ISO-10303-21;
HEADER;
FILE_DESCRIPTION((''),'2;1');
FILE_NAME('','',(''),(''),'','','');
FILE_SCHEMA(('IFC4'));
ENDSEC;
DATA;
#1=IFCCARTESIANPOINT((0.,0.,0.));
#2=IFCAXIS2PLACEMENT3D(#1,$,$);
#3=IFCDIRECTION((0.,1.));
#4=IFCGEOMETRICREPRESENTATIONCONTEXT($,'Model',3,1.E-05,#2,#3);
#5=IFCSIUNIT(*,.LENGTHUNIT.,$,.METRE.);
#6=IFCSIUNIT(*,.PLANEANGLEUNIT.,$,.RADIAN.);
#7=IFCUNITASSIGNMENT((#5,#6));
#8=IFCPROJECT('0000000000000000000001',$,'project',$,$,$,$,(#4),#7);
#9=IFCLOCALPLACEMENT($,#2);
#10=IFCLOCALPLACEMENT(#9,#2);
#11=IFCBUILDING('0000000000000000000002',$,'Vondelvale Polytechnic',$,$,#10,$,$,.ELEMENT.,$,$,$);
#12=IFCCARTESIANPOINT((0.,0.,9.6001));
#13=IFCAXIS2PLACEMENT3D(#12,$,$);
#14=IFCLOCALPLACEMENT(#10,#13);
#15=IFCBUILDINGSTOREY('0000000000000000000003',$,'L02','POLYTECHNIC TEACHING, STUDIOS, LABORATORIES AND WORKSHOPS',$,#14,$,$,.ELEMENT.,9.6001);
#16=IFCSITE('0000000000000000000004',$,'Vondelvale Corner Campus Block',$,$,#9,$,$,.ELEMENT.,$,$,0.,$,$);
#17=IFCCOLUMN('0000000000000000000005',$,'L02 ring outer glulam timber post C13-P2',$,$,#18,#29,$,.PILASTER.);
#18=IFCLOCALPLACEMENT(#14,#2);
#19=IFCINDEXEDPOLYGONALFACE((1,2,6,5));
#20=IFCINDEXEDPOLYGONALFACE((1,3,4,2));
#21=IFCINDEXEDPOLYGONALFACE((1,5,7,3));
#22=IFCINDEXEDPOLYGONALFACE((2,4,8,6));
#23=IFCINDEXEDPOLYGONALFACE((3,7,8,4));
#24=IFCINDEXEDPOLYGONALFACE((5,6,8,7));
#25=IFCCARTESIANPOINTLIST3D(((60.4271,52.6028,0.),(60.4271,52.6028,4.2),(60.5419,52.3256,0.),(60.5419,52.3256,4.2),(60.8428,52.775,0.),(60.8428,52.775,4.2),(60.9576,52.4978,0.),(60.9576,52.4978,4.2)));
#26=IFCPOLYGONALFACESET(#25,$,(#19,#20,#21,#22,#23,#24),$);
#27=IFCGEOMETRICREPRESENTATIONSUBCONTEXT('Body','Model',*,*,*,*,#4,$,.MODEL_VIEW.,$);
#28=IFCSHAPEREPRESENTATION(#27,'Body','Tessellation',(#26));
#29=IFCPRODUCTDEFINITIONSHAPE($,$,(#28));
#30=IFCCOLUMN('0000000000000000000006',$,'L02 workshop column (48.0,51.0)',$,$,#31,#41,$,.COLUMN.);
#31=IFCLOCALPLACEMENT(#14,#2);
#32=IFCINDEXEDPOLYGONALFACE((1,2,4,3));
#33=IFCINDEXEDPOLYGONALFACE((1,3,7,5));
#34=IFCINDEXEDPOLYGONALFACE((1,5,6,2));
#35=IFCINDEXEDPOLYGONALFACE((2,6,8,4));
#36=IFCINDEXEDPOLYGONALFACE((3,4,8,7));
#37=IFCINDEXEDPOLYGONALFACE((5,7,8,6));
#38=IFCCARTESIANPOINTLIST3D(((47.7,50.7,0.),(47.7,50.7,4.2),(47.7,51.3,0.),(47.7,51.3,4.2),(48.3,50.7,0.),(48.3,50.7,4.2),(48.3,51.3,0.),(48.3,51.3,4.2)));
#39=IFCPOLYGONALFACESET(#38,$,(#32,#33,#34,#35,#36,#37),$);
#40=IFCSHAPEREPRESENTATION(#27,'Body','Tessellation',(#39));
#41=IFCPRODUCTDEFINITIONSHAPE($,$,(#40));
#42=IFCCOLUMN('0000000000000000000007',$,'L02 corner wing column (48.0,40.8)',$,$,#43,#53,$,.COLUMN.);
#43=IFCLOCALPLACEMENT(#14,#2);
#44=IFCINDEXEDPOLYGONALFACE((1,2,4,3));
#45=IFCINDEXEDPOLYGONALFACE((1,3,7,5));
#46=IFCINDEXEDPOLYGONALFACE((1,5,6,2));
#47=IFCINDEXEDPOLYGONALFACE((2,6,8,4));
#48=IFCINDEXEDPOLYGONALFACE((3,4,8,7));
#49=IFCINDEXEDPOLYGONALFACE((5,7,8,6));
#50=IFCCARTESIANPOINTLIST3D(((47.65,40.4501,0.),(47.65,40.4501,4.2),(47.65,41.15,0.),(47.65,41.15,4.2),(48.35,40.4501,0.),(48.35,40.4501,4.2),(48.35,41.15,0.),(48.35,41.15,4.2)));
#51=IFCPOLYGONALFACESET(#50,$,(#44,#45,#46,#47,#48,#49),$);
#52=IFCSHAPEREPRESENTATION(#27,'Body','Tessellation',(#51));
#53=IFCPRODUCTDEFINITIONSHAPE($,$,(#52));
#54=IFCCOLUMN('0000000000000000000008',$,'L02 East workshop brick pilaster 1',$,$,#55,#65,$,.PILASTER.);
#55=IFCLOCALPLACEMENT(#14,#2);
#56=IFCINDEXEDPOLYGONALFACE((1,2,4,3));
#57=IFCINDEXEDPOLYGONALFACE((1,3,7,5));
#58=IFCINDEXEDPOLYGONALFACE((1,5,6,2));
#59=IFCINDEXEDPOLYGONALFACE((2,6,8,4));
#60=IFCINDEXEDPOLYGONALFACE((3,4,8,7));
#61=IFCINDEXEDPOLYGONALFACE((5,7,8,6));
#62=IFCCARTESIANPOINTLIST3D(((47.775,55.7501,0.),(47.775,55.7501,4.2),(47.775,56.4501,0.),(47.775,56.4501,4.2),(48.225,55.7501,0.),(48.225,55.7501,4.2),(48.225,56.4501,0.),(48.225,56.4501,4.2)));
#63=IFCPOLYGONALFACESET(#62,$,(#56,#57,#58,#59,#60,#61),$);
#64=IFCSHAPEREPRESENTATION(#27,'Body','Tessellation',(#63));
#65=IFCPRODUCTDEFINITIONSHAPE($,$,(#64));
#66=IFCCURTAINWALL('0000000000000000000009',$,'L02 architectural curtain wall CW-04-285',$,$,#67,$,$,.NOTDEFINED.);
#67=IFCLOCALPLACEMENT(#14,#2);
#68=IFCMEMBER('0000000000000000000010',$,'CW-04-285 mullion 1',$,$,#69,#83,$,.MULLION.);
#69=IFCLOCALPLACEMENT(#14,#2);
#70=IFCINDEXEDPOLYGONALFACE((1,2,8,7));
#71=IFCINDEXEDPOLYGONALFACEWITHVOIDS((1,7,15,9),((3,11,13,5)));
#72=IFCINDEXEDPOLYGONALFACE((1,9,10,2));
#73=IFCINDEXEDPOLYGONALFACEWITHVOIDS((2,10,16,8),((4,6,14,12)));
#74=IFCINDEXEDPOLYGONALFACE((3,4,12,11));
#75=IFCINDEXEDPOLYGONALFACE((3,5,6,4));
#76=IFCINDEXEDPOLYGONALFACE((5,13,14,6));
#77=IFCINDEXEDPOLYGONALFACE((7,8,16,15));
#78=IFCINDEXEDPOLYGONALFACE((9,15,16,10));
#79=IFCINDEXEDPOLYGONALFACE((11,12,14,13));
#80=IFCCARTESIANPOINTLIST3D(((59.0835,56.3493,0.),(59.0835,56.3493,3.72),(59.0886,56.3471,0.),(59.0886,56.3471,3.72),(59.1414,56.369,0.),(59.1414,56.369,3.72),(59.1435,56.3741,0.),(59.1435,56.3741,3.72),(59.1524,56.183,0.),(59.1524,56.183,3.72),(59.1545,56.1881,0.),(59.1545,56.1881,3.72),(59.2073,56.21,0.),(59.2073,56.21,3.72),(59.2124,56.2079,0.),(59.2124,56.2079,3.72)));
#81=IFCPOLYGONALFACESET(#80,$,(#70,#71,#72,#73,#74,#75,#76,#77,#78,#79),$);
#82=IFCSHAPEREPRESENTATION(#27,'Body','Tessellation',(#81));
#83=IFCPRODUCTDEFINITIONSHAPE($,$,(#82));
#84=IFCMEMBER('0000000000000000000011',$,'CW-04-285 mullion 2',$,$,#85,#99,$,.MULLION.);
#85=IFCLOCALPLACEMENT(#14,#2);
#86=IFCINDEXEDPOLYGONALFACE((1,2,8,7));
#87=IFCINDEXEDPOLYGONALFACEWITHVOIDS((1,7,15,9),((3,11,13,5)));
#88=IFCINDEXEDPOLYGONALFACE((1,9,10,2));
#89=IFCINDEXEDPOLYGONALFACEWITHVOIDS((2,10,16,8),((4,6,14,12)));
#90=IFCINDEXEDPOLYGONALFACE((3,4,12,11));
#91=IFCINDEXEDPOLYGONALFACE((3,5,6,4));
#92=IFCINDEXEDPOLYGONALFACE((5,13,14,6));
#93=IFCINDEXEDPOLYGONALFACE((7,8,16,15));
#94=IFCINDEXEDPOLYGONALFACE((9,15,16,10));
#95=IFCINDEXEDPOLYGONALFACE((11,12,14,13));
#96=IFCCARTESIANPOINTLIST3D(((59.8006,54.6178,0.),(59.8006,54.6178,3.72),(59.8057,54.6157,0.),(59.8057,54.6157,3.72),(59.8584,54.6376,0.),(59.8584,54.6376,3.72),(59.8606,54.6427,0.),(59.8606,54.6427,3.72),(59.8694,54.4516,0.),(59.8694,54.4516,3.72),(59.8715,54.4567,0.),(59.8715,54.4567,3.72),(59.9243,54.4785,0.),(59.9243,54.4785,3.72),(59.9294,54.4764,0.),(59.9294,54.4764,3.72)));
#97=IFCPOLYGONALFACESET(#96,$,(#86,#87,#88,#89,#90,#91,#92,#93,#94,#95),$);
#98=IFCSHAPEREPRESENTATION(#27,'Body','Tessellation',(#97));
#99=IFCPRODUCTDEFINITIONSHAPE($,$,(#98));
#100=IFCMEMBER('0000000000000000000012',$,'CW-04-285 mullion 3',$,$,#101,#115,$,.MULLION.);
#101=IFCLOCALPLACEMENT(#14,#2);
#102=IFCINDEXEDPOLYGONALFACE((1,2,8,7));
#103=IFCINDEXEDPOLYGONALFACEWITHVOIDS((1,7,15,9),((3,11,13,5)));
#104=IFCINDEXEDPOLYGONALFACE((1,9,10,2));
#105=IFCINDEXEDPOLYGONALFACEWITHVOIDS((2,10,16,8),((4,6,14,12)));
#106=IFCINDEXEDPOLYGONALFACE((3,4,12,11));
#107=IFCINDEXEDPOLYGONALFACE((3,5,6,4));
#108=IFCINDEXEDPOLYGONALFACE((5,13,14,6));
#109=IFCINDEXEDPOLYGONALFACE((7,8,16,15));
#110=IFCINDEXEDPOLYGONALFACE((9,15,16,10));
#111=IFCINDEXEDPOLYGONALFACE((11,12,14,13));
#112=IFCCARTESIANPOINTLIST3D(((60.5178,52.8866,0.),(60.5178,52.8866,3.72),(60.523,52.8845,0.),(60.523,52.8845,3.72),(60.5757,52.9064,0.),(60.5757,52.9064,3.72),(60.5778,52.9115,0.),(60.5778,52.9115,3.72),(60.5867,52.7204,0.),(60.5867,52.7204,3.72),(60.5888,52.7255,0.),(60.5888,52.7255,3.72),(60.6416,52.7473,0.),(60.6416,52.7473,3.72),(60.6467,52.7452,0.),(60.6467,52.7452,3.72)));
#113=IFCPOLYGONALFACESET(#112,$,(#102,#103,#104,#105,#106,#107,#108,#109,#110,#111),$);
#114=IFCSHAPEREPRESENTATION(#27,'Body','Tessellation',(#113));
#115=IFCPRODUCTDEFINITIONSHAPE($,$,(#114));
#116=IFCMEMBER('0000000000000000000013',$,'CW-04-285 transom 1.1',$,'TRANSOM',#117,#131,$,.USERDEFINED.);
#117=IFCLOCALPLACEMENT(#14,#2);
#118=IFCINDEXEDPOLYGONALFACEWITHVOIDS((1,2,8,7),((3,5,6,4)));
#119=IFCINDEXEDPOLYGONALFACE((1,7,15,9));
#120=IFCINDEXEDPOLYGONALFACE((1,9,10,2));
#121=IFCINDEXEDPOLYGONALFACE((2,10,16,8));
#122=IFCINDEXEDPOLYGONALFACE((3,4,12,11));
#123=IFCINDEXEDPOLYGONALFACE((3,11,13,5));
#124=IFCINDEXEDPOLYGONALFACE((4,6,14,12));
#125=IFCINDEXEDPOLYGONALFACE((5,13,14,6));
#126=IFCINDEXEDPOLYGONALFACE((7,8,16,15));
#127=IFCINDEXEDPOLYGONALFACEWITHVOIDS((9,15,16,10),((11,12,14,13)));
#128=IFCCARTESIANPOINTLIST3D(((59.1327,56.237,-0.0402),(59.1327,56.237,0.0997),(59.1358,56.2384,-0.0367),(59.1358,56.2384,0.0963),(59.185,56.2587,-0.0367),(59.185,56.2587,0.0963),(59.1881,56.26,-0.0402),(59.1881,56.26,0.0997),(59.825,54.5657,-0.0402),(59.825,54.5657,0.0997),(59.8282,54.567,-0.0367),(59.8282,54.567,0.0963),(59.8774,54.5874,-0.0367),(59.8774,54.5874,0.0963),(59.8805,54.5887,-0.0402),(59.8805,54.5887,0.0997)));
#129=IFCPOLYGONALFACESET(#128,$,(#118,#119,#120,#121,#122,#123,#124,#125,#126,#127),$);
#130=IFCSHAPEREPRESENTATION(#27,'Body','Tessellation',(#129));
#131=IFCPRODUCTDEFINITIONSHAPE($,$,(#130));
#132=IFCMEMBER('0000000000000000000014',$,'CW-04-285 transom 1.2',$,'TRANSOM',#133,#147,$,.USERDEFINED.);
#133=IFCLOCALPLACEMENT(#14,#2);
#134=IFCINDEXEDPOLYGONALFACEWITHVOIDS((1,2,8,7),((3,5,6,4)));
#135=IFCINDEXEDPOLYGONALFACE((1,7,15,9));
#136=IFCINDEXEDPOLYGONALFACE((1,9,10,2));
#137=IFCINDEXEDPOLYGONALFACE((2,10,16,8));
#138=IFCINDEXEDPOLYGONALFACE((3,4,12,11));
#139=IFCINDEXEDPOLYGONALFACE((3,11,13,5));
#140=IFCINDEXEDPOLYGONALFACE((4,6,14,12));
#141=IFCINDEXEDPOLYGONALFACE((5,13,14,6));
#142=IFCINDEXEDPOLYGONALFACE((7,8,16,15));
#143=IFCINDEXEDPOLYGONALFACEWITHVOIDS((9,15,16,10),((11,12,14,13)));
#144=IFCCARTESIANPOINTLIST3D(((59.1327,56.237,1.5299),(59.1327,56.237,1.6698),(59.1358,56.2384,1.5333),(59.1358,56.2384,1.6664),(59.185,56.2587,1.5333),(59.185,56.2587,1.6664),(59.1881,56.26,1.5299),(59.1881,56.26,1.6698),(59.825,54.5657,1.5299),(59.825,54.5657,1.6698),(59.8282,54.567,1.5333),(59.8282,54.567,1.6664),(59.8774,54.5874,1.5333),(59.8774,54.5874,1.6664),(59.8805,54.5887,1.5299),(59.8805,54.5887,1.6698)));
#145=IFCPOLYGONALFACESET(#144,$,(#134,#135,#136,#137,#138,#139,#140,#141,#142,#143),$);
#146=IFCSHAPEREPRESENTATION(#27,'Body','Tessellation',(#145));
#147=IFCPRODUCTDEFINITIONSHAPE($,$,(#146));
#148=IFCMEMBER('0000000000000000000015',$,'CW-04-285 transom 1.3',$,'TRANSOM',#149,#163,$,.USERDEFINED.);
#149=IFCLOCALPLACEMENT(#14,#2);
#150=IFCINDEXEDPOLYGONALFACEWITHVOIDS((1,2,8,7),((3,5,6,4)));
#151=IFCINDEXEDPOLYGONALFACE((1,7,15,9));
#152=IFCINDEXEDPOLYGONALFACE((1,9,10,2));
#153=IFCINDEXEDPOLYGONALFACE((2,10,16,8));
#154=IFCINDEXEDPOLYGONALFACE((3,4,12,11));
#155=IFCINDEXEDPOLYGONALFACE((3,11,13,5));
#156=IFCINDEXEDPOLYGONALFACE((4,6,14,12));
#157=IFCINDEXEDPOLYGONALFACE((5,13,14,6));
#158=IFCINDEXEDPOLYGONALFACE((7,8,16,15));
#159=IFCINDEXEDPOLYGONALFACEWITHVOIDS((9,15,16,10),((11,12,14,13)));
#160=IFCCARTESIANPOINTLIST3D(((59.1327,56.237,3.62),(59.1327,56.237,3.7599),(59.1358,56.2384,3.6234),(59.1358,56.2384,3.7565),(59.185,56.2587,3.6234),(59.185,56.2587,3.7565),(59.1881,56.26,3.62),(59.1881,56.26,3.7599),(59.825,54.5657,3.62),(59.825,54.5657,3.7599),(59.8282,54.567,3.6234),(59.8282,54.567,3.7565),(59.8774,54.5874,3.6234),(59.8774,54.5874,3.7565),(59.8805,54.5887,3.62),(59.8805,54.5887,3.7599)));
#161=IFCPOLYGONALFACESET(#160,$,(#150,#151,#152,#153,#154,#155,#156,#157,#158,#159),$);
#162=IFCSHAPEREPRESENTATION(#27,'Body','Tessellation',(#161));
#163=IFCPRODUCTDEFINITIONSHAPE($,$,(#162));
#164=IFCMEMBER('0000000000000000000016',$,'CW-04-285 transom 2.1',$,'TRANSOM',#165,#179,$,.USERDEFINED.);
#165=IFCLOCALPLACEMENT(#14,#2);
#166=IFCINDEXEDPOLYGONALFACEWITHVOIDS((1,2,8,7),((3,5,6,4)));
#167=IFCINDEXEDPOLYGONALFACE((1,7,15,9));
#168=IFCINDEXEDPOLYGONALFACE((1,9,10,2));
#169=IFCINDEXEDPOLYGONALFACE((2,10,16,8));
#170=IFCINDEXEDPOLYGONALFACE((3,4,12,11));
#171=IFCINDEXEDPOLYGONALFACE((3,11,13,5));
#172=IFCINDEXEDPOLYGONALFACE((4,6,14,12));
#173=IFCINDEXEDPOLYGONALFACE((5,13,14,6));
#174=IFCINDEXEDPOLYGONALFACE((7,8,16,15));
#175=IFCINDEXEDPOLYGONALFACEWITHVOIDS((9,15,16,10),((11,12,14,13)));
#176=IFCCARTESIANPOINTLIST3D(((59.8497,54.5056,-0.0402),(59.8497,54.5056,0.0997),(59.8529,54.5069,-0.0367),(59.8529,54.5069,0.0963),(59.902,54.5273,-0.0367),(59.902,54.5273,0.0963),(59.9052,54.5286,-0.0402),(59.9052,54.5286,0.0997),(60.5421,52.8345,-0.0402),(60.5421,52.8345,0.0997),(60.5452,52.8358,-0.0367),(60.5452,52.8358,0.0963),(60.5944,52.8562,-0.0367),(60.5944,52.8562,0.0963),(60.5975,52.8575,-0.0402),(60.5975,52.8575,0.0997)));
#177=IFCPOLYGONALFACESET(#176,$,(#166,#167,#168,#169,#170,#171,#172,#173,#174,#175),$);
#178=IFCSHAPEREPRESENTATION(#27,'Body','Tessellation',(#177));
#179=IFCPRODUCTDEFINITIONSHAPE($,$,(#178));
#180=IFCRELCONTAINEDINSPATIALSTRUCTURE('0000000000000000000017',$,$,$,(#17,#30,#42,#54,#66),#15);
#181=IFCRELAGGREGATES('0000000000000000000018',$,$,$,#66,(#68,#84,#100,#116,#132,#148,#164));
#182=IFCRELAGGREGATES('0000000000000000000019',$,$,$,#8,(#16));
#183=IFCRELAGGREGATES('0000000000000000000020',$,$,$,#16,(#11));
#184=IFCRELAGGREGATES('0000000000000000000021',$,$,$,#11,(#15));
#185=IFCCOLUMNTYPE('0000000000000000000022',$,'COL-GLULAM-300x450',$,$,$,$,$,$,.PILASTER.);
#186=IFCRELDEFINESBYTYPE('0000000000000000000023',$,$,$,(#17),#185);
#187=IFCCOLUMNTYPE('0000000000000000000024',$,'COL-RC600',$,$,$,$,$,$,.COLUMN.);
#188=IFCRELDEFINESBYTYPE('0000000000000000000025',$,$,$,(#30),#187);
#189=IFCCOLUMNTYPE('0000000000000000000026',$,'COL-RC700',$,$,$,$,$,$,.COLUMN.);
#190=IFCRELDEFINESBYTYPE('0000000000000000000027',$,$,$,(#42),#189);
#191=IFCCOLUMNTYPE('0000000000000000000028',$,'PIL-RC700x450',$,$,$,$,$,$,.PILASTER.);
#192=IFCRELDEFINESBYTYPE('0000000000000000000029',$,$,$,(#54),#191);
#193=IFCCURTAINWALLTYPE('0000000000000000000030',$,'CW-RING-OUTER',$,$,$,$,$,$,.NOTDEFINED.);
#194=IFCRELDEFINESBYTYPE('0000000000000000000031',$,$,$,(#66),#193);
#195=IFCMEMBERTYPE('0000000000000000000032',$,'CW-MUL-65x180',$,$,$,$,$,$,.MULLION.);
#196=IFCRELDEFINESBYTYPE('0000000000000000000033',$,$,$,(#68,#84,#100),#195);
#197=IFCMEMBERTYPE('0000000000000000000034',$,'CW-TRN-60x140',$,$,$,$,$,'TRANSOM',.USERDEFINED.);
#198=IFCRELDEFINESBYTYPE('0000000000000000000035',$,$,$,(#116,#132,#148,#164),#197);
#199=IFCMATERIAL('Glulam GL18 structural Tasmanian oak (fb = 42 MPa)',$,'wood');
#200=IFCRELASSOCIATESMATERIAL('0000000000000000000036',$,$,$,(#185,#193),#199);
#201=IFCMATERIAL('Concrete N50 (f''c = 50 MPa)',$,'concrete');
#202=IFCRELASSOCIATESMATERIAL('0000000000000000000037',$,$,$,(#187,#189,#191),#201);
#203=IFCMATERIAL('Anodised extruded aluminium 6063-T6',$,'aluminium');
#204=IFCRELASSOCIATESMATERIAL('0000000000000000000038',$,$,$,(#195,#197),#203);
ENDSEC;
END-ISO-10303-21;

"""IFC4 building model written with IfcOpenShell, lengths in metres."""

from ifc_helpers import new_model, si_unit, direction, frame, origin, origin_2d, place, context, subcontext, project, spatial, rectangle, hollow_rectangle, extrude, material, material_profile, profile_set, type_object, element, aggregate, save


model = new_model("IFC4")

# Units and contexts
model_context = context("Model", 3, precision=1e-05, world=origin(), true_north=direction((0.0, 1.0)))
body_context = subcontext(model_context, "Body", "Model", "MODEL_VIEW")
ifc_project = project(units=[si_unit("LENGTHUNIT", "METRE"), si_unit("PLANEANGLEUNIT", "RADIAN")], contexts=[model_context])

# Site, building, storey
site_placement = place(None, origin())
site = spatial("IfcSite", under=ifc_project, at=site_placement, Name="Vondelvale Corner Campus Block", CompositionType="ELEMENT", RefElevation=0.0)
building_placement = place(site_placement, origin())
building = spatial("IfcBuilding", under=site, at=building_placement, Name="Vondelvale Polytechnic", CompositionType="ELEMENT")
storey_placement = place(building_placement, frame((0.0, 0.0, 9.6001)))
storey = spatial("IfcBuildingStorey", under=building, at=storey_placement, Name="L02", Description="POLYTECHNIC TEACHING, STUDIOS, LABORATORIES AND WORKSHOPS", CompositionType="ELEMENT", Elevation=9.6001)

# Columns
ifc_material_1 = material(Name="Glulam GL18 structural Tasmanian oak (fb = 42 MPa)", Category="wood")
ifc_material_profile_1 = material_profile(ifc_material_1, rectangle(XDim=0.3, YDim=0.45, at=origin_2d()), Name="GL-POST-300x450")
ifc_profile_set_1 = profile_set([ifc_material_profile_1], Name="Glulam GL18 structural Tasmanian oak (fb = 42 MPa)")
column_type_1 = type_object("IfcColumnType", Name="COL-GLULAM-300x450", PredefinedType="PILASTER", material=ifc_profile_set_1)
column_1_placement = place(storey_placement, frame((60.6924, 52.5503, 0.0), z_axis=(0.0, 0.0, 1.0), x_axis=(-0.382683, 0.92388, 0.0)))
element("IfcColumn", 1, at=column_1_placement, inside=storey, type_object=column_type_1, Name="L02 ring outer glulam timber post C13-P2", PredefinedType="PILASTER", context=body_context, shape_type="SweptSolid", body=[
    extrude(rectangle(XDim=0.3, YDim=0.45, at=origin_2d()), origin(), (0.0, 0.0, 1.0), 4.2),
])
ifc_material_2 = material(Name="Concrete N50 (f'c = 50 MPa)", Category="concrete")
ifc_material_profile_2 = material_profile(ifc_material_2, rectangle(XDim=0.6001, YDim=0.6001, at=origin_2d()), Name="RC-COL-600x600")
ifc_profile_set_2 = profile_set([ifc_material_profile_2], Name="Concrete N50 (f'c = 50 MPa)")
column_type_2 = type_object("IfcColumnType", Name="COL-RC600", PredefinedType="COLUMN", material=ifc_profile_set_2)
column_2_placement = place(storey_placement, frame((48.0, 51.0, 0.0), z_axis=(0.0, 0.0, 1.0), x_axis=(1.0, 0.0, 0.0)))
element("IfcColumn", 2, at=column_2_placement, inside=storey, type_object=column_type_2, Name="L02 workshop column (48.0,51.0)", PredefinedType="COLUMN", context=body_context, shape_type="SweptSolid", body=[
    extrude(rectangle(XDim=0.6001, YDim=0.6001, at=origin_2d()), origin(), (0.0, 0.0, 1.0), 4.2),
])
ifc_material_profile_3 = material_profile(ifc_material_2, rectangle(XDim=0.7, YDim=0.7, at=origin_2d()), Name="RC-COL-700x700")
ifc_profile_set_3 = profile_set([ifc_material_profile_3], Name="Concrete N50 (f'c = 50 MPa)")
column_type_3 = type_object("IfcColumnType", Name="COL-RC700", PredefinedType="COLUMN", material=ifc_profile_set_3)
column_3_placement = place(storey_placement, frame((48.0, 40.8, 0.0), z_axis=(0.0, 0.0, 1.0), x_axis=(1.0, 0.0, 0.0)))
element("IfcColumn", 3, at=column_3_placement, inside=storey, type_object=column_type_3, Name="L02 corner wing column (48.0,40.8)", PredefinedType="COLUMN", context=body_context, shape_type="SweptSolid", body=[
    extrude(rectangle(XDim=0.7, YDim=0.7, at=origin_2d()), origin(), (0.0, 0.0, 1.0), 4.2),
])
ifc_material_profile_4 = material_profile(ifc_material_2, rectangle(XDim=0.45, YDim=0.7, at=origin_2d()), Name="RC-PIL-700x450")
ifc_profile_set_4 = profile_set([ifc_material_profile_4], Name="Concrete N50 (f'c = 50 MPa)")
column_type_4 = type_object("IfcColumnType", Name="PIL-RC700x450", PredefinedType="PILASTER", material=ifc_profile_set_4)
column_4_placement = place(storey_placement, frame((48.0, 56.1001, 0.0), z_axis=(0.0, 0.0, 1.0), x_axis=(1.0, 0.0, 0.0)))
element("IfcColumn", 4, at=column_4_placement, inside=storey, type_object=column_type_4, Name="L02 East workshop brick pilaster 1", PredefinedType="PILASTER", context=body_context, shape_type="SweptSolid", body=[
    extrude(rectangle(XDim=0.45, YDim=0.7, at=origin_2d()), origin(), (0.0, 0.0, 1.0), 4.2),
])

# Curtain wall, members
curtain_wall_type = type_object("IfcCurtainWallType", Name="CW-RING-OUTER", PredefinedType="NOTDEFINED", material=ifc_material_1)
curtain_wall_placement = place(storey_placement, origin())
curtain_wall = element("IfcCurtainWall", 5, at=curtain_wall_placement, inside=storey, type_object=curtain_wall_type, Name="L02 architectural curtain wall CW-04-285", PredefinedType="NOTDEFINED")
ifc_material_3 = material(Name="Anodised extruded aluminium 6063-T6", Category="aluminium")
ifc_material_profile_5 = material_profile(ifc_material_3, hollow_rectangle(XDim=0.0649, YDim=0.1799, WallThickness=0.0039, at=origin_2d()), Name="CW-MUL-180x65")
ifc_profile_set_5 = profile_set([ifc_material_profile_5], Name="Anodised extruded aluminium 6063-T6")
member_type_1 = type_object("IfcMemberType", Name="CW-MUL-65x180", PredefinedType="MULLION", material=ifc_profile_set_5)
member_1_placement = place(storey_placement, frame((59.1479, 56.2786, 0.0), z_axis=(0.0, 0.0, 1.0), x_axis=(0.923875, 0.382695, 0.0)))
member_1 = element("IfcMember", 6, at=member_1_placement, type_object=member_type_1, Name="CW-04-285 mullion 1", PredefinedType="MULLION", context=body_context, shape_type="SweptSolid", body=[
    extrude(hollow_rectangle(XDim=0.0649, YDim=0.1799, WallThickness=0.0039, at=origin_2d()), origin(), (0.0, 0.0, 1.0), 3.72),
])
member_2_placement = place(storey_placement, frame((59.865, 54.5471, 0.0), z_axis=(0.0, 0.0, 1.0), x_axis=(0.923875, 0.382695, 0.0)))
member_2 = element("IfcMember", 7, at=member_2_placement, type_object=member_type_1, Name="CW-04-285 mullion 2", PredefinedType="MULLION", context=body_context, shape_type="SweptSolid", body=[
    extrude(hollow_rectangle(XDim=0.0649, YDim=0.1799, WallThickness=0.0039, at=origin_2d()), origin(), (0.0, 0.0, 1.0), 3.72),
])
member_3_placement = place(storey_placement, frame((60.5823, 52.8159, 0.0), z_axis=(0.0, 0.0, 1.0), x_axis=(0.923875, 0.382695, 0.0)))
member_3 = element("IfcMember", 8, at=member_3_placement, type_object=member_type_1, Name="CW-04-285 mullion 3", PredefinedType="MULLION", context=body_context, shape_type="SweptSolid", body=[
    extrude(hollow_rectangle(XDim=0.0649, YDim=0.1799, WallThickness=0.0039, at=origin_2d()), origin(), (0.0, 0.0, 1.0), 3.72),
])
ifc_material_profile_6 = material_profile(ifc_material_3, hollow_rectangle(XDim=0.0601, YDim=0.1399, WallThickness=0.0034, at=origin_2d()), Name="CW-TRN-140x60")
ifc_profile_set_6 = profile_set([ifc_material_profile_6], Name="Anodised extruded aluminium 6063-T6")
member_type_2 = type_object("IfcMemberType", Name="CW-TRN-60x140", ElementType="TRANSOM", PredefinedType="USERDEFINED", material=ifc_profile_set_6)
member_4_placement = place(storey_placement, frame((59.1604, 56.2485, 0.0298), z_axis=(0.382717, -0.923866, 0.0), x_axis=(0.923866, 0.382717, 0.0)))
member_4 = element("IfcMember", 9, at=member_4_placement, type_object=member_type_2, Name="CW-04-285 transom 1.1", ObjectType="TRANSOM", PredefinedType="USERDEFINED", context=body_context, shape_type="SweptSolid", body=[
    extrude(hollow_rectangle(XDim=0.0601, YDim=0.1399, WallThickness=0.0034, at=origin_2d()), origin(), (0.0, 0.0, 1.0), 1.8091),
])
member_5_placement = place(storey_placement, frame((59.1604, 56.2485, 1.5999), z_axis=(0.382717, -0.923866, 0.0), x_axis=(0.923866, 0.382717, 0.0)))
member_5 = element("IfcMember", 10, at=member_5_placement, type_object=member_type_2, Name="CW-04-285 transom 1.2", ObjectType="TRANSOM", PredefinedType="USERDEFINED", context=body_context, shape_type="SweptSolid", body=[
    extrude(hollow_rectangle(XDim=0.0601, YDim=0.1399, WallThickness=0.0034, at=origin_2d()), origin(), (0.0, 0.0, 1.0), 1.8091),
])
member_6_placement = place(storey_placement, frame((59.1604, 56.2485, 3.6899), z_axis=(0.382717, -0.923866, 0.0), x_axis=(0.923866, 0.382717, 0.0)))
member_6 = element("IfcMember", 11, at=member_6_placement, type_object=member_type_2, Name="CW-04-285 transom 1.3", ObjectType="TRANSOM", PredefinedType="USERDEFINED", context=body_context, shape_type="SweptSolid", body=[
    extrude(hollow_rectangle(XDim=0.0601, YDim=0.1399, WallThickness=0.0034, at=origin_2d()), origin(), (0.0, 0.0, 1.0), 1.8091),
])
member_7_placement = place(storey_placement, frame((59.8774, 54.5171, 0.0298), z_axis=(0.382765, -0.923846, 0.0), x_axis=(0.923846, 0.382765, 0.0)))
member_7 = element("IfcMember", 12, at=member_7_placement, type_object=member_type_2, Name="CW-04-285 transom 2.1", ObjectType="TRANSOM", PredefinedType="USERDEFINED", context=body_context, shape_type="SweptSolid", body=[
    extrude(hollow_rectangle(XDim=0.0601, YDim=0.1399, WallThickness=0.0034, at=origin_2d()), origin(), (0.0, 0.0, 1.0), 1.8088),
])

aggregate(curtain_wall, [member_1, member_2, member_3, member_4, member_5, member_6, member_7])

save(model, "model.ifc")
